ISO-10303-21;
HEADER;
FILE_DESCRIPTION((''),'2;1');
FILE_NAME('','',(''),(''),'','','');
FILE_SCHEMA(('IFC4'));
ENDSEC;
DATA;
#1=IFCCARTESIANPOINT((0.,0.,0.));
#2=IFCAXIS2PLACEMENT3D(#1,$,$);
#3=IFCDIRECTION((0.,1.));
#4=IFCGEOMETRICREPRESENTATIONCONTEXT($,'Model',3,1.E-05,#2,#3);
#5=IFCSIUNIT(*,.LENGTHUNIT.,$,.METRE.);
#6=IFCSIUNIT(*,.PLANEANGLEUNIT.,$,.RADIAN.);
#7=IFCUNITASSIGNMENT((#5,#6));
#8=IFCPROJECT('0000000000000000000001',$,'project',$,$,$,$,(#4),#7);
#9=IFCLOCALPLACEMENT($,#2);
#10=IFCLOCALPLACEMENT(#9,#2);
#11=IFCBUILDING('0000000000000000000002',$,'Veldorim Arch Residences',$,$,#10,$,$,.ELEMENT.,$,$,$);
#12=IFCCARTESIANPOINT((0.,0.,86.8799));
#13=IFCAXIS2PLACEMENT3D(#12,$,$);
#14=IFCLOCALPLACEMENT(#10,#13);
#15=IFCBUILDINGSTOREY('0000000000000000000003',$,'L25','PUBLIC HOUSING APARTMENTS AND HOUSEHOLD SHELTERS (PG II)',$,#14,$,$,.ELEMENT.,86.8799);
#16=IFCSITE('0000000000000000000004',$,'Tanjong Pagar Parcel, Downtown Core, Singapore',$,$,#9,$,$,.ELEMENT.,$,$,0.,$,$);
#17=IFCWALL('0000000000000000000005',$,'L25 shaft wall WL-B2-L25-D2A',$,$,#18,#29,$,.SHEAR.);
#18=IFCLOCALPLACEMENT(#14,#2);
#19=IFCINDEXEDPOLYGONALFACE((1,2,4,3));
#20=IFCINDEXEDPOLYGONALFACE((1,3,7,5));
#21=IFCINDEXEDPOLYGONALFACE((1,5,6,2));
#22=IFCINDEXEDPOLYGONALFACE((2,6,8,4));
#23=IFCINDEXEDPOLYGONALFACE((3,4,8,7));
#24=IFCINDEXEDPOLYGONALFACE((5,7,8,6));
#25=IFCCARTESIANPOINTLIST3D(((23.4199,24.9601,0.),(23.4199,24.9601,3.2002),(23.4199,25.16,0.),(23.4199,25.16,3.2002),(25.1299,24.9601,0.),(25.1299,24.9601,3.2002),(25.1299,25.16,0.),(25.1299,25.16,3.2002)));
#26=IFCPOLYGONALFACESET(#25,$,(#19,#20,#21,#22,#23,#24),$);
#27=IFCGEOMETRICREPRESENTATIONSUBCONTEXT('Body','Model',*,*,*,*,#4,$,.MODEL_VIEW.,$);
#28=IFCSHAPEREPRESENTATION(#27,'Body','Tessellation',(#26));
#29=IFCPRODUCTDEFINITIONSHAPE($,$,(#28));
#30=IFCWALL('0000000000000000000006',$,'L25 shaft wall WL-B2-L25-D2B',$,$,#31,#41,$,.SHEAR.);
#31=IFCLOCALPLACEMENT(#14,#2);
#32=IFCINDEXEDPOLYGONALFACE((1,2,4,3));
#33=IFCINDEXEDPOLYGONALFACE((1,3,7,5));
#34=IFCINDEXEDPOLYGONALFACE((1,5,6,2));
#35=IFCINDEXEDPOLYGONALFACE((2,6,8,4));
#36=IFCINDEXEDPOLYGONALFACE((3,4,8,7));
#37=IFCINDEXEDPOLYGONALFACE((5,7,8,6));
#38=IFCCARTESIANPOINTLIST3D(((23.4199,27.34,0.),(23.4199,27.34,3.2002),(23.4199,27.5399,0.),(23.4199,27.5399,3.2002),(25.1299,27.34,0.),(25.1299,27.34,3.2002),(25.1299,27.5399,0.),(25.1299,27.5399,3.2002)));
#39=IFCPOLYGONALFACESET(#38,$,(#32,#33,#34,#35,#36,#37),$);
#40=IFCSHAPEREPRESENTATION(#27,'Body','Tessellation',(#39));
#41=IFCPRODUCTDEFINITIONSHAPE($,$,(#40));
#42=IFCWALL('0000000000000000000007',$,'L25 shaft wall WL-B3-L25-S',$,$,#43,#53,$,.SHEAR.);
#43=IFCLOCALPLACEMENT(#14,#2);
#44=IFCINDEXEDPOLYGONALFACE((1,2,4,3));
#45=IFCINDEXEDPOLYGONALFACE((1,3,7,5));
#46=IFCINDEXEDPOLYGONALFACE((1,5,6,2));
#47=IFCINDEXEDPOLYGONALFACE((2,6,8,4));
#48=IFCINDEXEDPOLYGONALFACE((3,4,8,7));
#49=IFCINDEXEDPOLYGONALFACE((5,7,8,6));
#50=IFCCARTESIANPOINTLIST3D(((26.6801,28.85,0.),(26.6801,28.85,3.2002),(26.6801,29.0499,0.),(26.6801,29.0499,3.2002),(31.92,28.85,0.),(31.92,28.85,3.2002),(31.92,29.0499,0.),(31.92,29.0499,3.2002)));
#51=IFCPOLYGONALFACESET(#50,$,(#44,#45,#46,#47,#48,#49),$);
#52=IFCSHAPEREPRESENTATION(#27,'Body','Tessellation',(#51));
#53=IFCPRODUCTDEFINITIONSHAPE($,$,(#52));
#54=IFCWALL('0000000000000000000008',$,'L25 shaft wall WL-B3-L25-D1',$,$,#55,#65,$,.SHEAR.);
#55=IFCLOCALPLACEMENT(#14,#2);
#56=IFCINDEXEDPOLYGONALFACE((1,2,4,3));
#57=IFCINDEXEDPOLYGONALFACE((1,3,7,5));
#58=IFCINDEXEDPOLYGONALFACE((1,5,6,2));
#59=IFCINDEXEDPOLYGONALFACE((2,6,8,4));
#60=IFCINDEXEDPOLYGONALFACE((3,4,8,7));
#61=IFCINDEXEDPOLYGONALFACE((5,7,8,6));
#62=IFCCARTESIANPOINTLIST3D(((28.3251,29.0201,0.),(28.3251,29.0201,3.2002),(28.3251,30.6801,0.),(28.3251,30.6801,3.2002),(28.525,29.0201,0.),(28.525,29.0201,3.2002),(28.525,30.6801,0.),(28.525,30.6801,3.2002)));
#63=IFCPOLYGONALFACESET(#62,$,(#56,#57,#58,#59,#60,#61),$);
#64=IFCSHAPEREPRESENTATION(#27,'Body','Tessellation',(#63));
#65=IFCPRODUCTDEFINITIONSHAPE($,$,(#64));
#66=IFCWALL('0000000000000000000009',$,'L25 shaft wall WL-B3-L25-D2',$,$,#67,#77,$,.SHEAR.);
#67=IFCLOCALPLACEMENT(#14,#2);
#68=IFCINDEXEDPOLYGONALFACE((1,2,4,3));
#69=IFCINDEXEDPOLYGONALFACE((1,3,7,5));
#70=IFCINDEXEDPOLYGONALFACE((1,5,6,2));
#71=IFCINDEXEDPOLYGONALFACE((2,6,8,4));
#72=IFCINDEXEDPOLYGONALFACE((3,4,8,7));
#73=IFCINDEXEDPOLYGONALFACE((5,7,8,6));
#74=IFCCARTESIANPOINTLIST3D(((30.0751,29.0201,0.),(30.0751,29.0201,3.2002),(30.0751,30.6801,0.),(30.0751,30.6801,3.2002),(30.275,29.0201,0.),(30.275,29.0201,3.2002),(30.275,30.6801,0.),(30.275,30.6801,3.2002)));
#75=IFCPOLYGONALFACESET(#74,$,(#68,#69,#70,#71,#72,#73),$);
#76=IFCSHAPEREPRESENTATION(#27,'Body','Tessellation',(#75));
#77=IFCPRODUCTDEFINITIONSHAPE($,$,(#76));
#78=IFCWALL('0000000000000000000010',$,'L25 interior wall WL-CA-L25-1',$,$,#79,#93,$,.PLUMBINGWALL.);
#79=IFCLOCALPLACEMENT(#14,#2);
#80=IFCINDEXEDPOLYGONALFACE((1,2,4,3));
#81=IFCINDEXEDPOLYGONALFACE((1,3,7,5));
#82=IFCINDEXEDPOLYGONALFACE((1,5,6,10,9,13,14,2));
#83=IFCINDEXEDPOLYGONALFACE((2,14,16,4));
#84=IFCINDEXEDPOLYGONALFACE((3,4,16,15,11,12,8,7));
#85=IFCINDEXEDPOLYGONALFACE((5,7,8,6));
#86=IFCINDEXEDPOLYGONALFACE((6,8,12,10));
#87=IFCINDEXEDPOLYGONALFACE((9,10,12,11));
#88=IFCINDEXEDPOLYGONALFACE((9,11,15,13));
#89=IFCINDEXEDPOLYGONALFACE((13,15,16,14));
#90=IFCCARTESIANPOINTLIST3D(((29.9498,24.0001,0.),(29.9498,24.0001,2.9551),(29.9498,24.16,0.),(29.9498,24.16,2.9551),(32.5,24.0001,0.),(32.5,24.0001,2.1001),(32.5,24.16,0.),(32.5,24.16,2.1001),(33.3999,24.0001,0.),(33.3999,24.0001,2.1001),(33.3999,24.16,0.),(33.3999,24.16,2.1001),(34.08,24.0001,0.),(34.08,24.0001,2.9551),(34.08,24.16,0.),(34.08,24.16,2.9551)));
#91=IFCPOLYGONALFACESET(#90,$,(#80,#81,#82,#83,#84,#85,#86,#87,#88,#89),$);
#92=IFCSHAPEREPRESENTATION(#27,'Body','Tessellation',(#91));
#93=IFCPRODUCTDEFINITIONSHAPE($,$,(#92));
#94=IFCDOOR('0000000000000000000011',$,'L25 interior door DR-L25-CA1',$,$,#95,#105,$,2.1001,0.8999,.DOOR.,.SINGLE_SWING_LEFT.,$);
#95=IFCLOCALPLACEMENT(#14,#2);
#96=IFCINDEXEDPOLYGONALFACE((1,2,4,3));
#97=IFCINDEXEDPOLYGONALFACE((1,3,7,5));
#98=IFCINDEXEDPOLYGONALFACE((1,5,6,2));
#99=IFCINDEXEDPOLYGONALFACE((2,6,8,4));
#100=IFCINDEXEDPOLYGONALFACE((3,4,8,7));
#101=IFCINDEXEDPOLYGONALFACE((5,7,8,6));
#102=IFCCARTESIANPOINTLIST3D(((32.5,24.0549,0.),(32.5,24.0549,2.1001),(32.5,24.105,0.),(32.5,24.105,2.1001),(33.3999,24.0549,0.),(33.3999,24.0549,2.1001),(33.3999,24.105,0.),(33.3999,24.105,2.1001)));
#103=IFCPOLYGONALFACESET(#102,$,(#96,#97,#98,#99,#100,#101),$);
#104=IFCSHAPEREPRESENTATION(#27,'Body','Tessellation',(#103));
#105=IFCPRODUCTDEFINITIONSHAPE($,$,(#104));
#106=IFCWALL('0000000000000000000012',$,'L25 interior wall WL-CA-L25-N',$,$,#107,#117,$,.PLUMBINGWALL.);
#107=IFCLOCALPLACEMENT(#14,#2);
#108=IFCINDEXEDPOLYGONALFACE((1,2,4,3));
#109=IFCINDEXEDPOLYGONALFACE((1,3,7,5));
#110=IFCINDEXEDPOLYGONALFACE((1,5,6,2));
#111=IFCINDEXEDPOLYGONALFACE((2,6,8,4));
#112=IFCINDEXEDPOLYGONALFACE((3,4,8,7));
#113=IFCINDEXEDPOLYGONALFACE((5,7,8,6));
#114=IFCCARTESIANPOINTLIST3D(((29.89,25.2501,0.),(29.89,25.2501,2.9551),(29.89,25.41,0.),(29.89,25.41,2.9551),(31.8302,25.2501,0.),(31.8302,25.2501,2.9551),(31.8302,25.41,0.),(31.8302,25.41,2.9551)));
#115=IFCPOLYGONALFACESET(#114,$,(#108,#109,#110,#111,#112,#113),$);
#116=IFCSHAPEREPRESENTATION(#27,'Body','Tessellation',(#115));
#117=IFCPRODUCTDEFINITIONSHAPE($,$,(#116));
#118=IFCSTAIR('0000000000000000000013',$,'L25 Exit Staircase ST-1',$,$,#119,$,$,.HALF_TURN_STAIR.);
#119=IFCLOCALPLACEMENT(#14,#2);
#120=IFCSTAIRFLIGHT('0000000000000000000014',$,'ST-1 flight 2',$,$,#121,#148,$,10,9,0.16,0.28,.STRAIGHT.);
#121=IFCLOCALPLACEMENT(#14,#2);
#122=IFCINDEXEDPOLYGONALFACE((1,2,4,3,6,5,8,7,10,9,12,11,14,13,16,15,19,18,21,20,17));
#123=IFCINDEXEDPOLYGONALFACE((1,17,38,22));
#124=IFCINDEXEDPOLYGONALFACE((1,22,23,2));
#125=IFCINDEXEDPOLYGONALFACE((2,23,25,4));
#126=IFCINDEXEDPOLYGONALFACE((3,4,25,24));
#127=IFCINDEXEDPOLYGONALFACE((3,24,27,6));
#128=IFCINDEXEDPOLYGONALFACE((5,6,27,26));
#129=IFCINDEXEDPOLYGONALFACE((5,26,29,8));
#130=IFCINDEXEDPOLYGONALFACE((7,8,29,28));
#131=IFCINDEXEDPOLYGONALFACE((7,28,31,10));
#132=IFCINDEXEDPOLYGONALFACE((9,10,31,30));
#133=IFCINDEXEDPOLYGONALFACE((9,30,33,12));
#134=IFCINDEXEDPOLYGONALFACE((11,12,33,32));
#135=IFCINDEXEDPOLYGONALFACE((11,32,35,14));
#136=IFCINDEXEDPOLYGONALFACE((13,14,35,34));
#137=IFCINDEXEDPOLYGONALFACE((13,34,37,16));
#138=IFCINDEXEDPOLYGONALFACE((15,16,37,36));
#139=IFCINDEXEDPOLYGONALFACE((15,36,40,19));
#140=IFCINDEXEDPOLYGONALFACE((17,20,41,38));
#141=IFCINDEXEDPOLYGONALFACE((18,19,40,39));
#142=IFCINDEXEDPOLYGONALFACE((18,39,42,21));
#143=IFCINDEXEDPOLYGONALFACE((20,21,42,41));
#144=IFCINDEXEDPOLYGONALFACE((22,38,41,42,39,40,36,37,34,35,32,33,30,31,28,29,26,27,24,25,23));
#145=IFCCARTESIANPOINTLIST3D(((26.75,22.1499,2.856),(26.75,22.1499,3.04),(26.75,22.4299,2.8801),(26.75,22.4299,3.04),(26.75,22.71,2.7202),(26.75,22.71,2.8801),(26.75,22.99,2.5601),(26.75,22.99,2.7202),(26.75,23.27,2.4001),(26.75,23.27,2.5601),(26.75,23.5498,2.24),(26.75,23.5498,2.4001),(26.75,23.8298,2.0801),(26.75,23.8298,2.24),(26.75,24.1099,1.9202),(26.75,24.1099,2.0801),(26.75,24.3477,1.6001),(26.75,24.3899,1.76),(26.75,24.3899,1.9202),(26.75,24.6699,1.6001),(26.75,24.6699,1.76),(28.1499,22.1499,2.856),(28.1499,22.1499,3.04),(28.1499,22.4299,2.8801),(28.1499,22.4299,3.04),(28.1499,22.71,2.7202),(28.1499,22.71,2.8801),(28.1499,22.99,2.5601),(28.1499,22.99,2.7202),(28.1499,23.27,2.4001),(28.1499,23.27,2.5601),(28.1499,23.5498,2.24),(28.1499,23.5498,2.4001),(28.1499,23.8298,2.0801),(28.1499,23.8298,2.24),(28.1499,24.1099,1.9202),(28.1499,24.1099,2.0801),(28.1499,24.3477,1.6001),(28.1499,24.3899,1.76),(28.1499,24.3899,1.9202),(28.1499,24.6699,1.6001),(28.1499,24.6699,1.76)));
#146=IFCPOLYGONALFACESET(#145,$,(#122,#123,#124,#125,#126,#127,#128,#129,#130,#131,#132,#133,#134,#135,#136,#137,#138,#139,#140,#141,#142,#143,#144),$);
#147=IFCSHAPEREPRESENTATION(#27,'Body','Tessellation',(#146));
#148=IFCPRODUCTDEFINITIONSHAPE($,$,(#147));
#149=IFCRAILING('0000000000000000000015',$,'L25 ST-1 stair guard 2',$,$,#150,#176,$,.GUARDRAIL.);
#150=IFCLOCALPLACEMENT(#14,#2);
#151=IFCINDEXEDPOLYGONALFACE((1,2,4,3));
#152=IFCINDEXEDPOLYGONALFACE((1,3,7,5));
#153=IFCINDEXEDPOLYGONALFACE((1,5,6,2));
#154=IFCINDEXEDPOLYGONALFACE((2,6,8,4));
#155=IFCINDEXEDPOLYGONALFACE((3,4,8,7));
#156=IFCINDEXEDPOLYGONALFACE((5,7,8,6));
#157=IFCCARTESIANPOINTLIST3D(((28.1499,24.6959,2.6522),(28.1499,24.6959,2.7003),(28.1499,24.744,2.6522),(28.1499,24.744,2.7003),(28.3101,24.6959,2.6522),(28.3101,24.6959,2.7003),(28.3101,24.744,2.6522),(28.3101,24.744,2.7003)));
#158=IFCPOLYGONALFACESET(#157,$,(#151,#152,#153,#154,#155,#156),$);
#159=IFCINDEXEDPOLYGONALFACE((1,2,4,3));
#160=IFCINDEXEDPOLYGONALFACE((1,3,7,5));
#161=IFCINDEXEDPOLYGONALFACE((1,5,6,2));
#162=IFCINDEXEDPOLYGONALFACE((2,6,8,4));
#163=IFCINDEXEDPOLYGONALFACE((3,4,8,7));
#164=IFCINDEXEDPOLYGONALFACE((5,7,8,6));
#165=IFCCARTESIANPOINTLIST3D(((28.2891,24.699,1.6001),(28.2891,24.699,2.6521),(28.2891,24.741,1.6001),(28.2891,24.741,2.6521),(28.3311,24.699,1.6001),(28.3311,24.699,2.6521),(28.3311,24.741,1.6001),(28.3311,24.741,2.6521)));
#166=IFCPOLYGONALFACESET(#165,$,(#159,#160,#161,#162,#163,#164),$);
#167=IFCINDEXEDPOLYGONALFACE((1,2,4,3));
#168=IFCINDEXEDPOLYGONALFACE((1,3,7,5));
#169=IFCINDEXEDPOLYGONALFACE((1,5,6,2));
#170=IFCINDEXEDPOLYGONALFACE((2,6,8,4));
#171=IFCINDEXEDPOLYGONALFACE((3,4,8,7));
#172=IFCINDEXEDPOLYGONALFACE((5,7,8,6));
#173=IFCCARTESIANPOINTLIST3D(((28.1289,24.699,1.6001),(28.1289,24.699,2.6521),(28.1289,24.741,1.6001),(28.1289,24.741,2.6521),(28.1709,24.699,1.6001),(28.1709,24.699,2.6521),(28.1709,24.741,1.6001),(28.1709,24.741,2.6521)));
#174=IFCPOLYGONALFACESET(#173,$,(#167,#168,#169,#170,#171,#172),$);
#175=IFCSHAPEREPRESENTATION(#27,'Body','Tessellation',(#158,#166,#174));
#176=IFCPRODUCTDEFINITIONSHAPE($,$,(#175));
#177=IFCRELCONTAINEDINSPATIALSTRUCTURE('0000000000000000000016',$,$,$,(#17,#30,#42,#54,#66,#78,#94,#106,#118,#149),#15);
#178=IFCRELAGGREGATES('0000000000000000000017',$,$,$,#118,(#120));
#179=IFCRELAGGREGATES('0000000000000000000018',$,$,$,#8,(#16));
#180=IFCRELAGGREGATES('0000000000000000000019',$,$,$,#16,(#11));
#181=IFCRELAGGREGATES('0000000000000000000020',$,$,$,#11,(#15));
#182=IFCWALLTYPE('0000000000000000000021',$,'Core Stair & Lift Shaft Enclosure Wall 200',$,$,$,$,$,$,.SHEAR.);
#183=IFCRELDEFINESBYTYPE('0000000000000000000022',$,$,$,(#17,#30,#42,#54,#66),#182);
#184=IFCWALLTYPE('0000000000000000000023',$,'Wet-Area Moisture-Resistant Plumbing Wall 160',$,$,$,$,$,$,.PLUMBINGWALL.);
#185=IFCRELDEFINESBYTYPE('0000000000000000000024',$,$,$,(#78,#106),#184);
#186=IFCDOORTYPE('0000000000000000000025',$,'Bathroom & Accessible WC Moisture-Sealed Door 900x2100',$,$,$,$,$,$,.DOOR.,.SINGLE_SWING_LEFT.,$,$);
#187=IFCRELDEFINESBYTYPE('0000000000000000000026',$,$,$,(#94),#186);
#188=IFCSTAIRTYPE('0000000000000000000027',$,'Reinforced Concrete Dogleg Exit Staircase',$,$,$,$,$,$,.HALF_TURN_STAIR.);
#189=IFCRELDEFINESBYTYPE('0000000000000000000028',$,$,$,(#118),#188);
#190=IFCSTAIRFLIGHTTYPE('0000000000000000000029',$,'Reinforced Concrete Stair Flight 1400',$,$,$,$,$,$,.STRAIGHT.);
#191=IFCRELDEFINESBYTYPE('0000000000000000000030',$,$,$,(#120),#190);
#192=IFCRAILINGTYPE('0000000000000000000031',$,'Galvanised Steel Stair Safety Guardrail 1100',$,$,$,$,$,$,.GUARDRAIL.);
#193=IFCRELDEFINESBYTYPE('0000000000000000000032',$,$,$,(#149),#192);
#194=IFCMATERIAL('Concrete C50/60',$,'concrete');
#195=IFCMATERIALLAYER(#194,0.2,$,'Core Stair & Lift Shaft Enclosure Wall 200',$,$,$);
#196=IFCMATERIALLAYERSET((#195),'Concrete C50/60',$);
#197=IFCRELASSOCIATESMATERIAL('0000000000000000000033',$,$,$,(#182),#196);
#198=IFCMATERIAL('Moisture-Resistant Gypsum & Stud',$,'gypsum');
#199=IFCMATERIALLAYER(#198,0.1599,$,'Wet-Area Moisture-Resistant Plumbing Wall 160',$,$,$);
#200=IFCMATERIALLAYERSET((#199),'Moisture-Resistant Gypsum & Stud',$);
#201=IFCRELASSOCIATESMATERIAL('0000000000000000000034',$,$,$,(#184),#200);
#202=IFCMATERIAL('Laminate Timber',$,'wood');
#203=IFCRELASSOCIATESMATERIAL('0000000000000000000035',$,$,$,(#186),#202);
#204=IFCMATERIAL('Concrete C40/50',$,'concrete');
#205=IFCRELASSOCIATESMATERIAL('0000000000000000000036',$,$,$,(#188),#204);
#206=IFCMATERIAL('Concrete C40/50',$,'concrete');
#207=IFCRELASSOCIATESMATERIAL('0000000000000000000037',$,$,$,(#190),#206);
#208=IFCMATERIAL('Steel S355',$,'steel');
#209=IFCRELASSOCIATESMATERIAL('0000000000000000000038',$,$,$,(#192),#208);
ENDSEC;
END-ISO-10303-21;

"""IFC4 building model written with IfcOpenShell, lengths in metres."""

from ifc_helpers import new_model, si_unit, direction, frame, frame_2d, origin, origin_2d, place, context, subcontext, project, spatial, polyline, rectangle, outline, extrude, material, layer, layer_set, type_object, element, fill, aggregate, save


model = new_model("IFC4")

# Units and contexts
model_context = context("Model", 3, precision=1e-05, world=origin(), true_north=direction((0.0, 1.0)))
body_context = subcontext(model_context, "Body", "Model", "MODEL_VIEW")
ifc_project = project(units=[si_unit("LENGTHUNIT", "METRE"), si_unit("PLANEANGLEUNIT", "RADIAN")], contexts=[model_context])

# Site, building, storey
site_placement = place(None, origin())
site = spatial("IfcSite", under=ifc_project, at=site_placement, Name="Tanjong Pagar Parcel, Downtown Core, Singapore", CompositionType="ELEMENT", RefElevation=0.0)
building_placement = place(site_placement, origin())
building = spatial("IfcBuilding", under=site, at=building_placement, Name="Veldorim Arch Residences", CompositionType="ELEMENT")
storey_placement = place(building_placement, frame((0.0, 0.0, 86.8799)))
storey = spatial("IfcBuildingStorey", under=building, at=storey_placement, Name="L25", Description="PUBLIC HOUSING APARTMENTS AND HOUSEHOLD SHELTERS (PG II)", CompositionType="ELEMENT", Elevation=86.8799)

# Walls
ifc_material_1 = material(Name="Concrete C50/60", Category="concrete")
ifc_layer_1 = layer(ifc_material_1, 0.2, Name="Core Stair & Lift Shaft Enclosure Wall 200")
ifc_layer_set_1 = layer_set([ifc_layer_1], Name="Concrete C50/60")
wall_type_1 = type_object("IfcWallType", Name="Core Stair & Lift Shaft Enclosure Wall 200", PredefinedType="SHEAR", material=ifc_layer_set_1)
for number, where, z_axis, x_axis, name in (
    (1, (23.4199, 25.0601, 0.0), (0.0, 0.0, 1.0), (1.0, 0.0, 0.0), "L25 shaft wall WL-B2-L25-D2A"),
    (2, (23.4199, 27.4399, 0.0), (0.0, 0.0, 1.0), (1.0, 0.0, 0.0), "L25 shaft wall WL-B2-L25-D2B"),
):
    element("IfcWall", number, at=place(storey_placement, frame(where, z_axis=z_axis, x_axis=x_axis)), inside=storey, type_object=wall_type_1, Name=name, PredefinedType="SHEAR", context=body_context, shape_type="SweptSolid", body=[
        extrude(rectangle(XDim=1.71, YDim=0.2, at=frame_2d((0.855, 0.0))), origin(), (0.0, 0.0, 1.0), 3.2002),
    ])
wall_1_placement = place(storey_placement, frame((26.6799, 28.95, 0.0), z_axis=(0.0, 0.0, 1.0), x_axis=(1.0, 0.0, 0.0)))
element("IfcWall", 3, at=wall_1_placement, inside=storey, type_object=wall_type_1, Name="L25 shaft wall WL-B3-L25-S", PredefinedType="SHEAR", context=body_context, shape_type="SweptSolid", body=[
    extrude(rectangle(XDim=5.24, YDim=0.2, at=frame_2d((2.6201, 0.0))), origin(), (0.0, 0.0, 1.0), 3.2002),
])
for number, where, z_axis, x_axis, name in (
    (4, (28.425, 29.02, 0.0), (0.0, 0.0, 1.0), (0.0, 1.0, 0.0), "L25 shaft wall WL-B3-L25-D1"),
    (5, (30.175, 29.02, 0.0), (0.0, 0.0, 1.0), (0.0, 1.0, 0.0), "L25 shaft wall WL-B3-L25-D2"),
):
    element("IfcWall", number, at=place(storey_placement, frame(where, z_axis=z_axis, x_axis=x_axis)), inside=storey, type_object=wall_type_1, Name=name, PredefinedType="SHEAR", context=body_context, shape_type="SweptSolid", body=[
        extrude(rectangle(XDim=1.6599, YDim=0.2, at=frame_2d((0.8301, 0.0))), origin(), (0.0, 0.0, 1.0), 3.2002),
    ])

# Wall, opening, door
ifc_material_2 = material(Name="Moisture-Resistant Gypsum & Stud", Category="gypsum")
ifc_layer_2 = layer(ifc_material_2, 0.1599, Name="Wet-Area Moisture-Resistant Plumbing Wall 160")
ifc_layer_set_2 = layer_set([ifc_layer_2], Name="Moisture-Resistant Gypsum & Stud")
wall_type_2 = type_object("IfcWallType", Name="Wet-Area Moisture-Resistant Plumbing Wall 160", PredefinedType="PLUMBINGWALL", material=ifc_layer_set_2)
wall_2_placement = place(storey_placement, frame((29.95, 24.0801, 0.0), z_axis=(0.0, 0.0, 1.0), x_axis=(1.0, 0.0, 0.0)))
wall_2 = element("IfcWall", 6, at=wall_2_placement, inside=storey, type_object=wall_type_2, Name="L25 interior wall WL-CA-L25-1", PredefinedType="PLUMBINGWALL", context=body_context, shape_type="SweptSolid", body=[
    extrude(rectangle(XDim=4.1301, YDim=0.1599, at=frame_2d((2.0649, 0.0))), origin(), (0.0, 0.0, 1.0), 2.9551),
])
opening_placement = place(wall_2_placement, frame((2.55, 0.0, 0.0)))
opening = element("IfcOpeningElement", 7, at=opening_placement, cuts=wall_2, PredefinedType="OPENING", context=body_context, shape_type="SweptSolid", body=[
    extrude(rectangle(XDim=0.8999, YDim=2.1001, at=frame_2d((0.45, 1.05))), frame((0.0, 0.0898, 0.0), z_axis=(0.0, -1.0, 0.0), x_axis=(1.0, 0.0, 0.0)), (0.0, 0.0, 1.0), 0.1799),
])
ifc_material_3 = material(Name="Laminate Timber", Category="wood")
door_type = type_object("IfcDoorType", Name="Bathroom & Accessible WC Moisture-Sealed Door 900x2100", OperationType="SINGLE_SWING_LEFT", PredefinedType="DOOR", material=ifc_material_3)
door_placement = place(opening_placement, origin())
door = element("IfcDoor", 8, at=door_placement, inside=storey, type_object=door_type, Name="L25 interior door DR-L25-CA1", OperationType="SINGLE_SWING_LEFT", OverallHeight=2.1001, OverallWidth=0.8999, PredefinedType="DOOR", context=body_context, shape_type="SweptSolid", body=[
    extrude(rectangle(XDim=0.8999, YDim=2.1001, at=frame_2d((0.45, 1.05))), frame((0.0, 0.0249, 0.0), z_axis=(0.0, -1.0, 0.0), x_axis=(1.0, 0.0, 0.0)), (0.0, 0.0, 1.0), 0.05),
])
fill(opening, door)

# Wall
wall_3_placement = place(storey_placement, frame((29.8899, 25.3301, 0.0), z_axis=(0.0, 0.0, 1.0), x_axis=(1.0, 0.0, 0.0)))
element("IfcWall", 9, at=wall_3_placement, inside=storey, type_object=wall_type_2, Name="L25 interior wall WL-CA-L25-N", PredefinedType="PLUMBINGWALL", context=body_context, shape_type="SweptSolid", body=[
    extrude(rectangle(XDim=1.9402, YDim=0.1599, at=frame_2d((0.9702, 0.0))), origin(), (0.0, 0.0, 1.0), 2.9551),
])

# Stair, stair flight
ifc_material_4 = material(Name="Concrete C40/50", Category="concrete")
stair_type = type_object("IfcStairType", Name="Reinforced Concrete Dogleg Exit Staircase", PredefinedType="HALF_TURN_STAIR", material=ifc_material_4)
stair_placement = place(storey_placement, origin())
stair = element("IfcStair", 10, at=stair_placement, inside=storey, type_object=stair_type, Name="L25 Exit Staircase ST-1", PredefinedType="HALF_TURN_STAIR")
ifc_material_5 = material(Name="Concrete C40/50", Category="concrete")
stair_flight_type = type_object("IfcStairFlightType", Name="Reinforced Concrete Stair Flight 1400", PredefinedType="STRAIGHT", material=ifc_material_5)
stair_flight_placement = place(storey_placement, frame((27.45, 24.6699, 1.6001), z_axis=(0.0, 0.0, 1.0), x_axis=(0.0, -1.0, 0.0)))
stair_flight = element("IfcStairFlight", 11, at=stair_flight_placement, type_object=stair_flight_type, Name="ST-1 flight 2", NumberOfRisers=10, NumberOfTreads=9, PredefinedType="STRAIGHT", RiserHeight=0.16, TreadLength=0.28, context=body_context, shape_type="SweptSolid", body=[
    extrude(outline(polyline([(0.0, 0.0), (0.0, 0.1599), (0.28, 0.1599), (0.28, 0.3201), (0.5601, 0.3201), (0.5601, 0.48), (0.8401, 0.48), (0.8401, 0.6399), (1.1201, 0.6399), (1.1201, 0.8), (1.3999, 0.8), (1.3999, 0.96), (1.6799, 0.96), (1.6799, 1.1201), (1.96, 1.1201), (1.96, 1.28), (2.24, 1.28), (2.24, 1.4399), (2.52, 1.4399), (2.52, 1.6001), (2.52, 1.2559), (0.3223, 0.0), (0.0, 0.0)])), frame((0.0, 0.7, 0.0), z_axis=(0.0, -1.0, 0.0), x_axis=(1.0, 0.0, 0.0)), (0.0, 0.0, 1.0), 1.3999),
])
aggregate(stair, [stair_flight])

# Railing
ifc_material_6 = material(Name="Steel S355", Category="steel")
railing_type_1 = type_object("IfcRailingType", Name="Galvanised Steel Stair Safety Guardrail 1100", PredefinedType="GUARDRAIL", material=ifc_material_6)
railing_1_placement = place(storey_placement, frame((28.3101, 24.72, 1.6001)))
element("IfcRailing", 12, at=railing_1_placement, inside=storey, type_object=railing_type_1, Name="L25 ST-1 stair guard 2", PredefinedType="GUARDRAIL", context=body_context, shape_type="SweptSolid", body=[
    extrude(rectangle(XDim=0.0481, YDim=0.0481, at=origin_2d()), frame((0.0, 0.0, 1.0762), z_axis=(-1.0, 0.0, 0.0), x_axis=(0.0, -1.0, 0.0)), (0.0, 0.0, 1.0), 0.1602),
    extrude(rectangle(XDim=0.042, YDim=0.042, at=origin_2d()), origin(), (0.0, 0.0, 1.0), 1.052),
    extrude(rectangle(XDim=0.042, YDim=0.042, at=origin_2d()), frame((-0.1602, 0.0, 0.0)), (0.0, 0.0, 1.0), 1.052),
])

save(model, "model.ifc")
